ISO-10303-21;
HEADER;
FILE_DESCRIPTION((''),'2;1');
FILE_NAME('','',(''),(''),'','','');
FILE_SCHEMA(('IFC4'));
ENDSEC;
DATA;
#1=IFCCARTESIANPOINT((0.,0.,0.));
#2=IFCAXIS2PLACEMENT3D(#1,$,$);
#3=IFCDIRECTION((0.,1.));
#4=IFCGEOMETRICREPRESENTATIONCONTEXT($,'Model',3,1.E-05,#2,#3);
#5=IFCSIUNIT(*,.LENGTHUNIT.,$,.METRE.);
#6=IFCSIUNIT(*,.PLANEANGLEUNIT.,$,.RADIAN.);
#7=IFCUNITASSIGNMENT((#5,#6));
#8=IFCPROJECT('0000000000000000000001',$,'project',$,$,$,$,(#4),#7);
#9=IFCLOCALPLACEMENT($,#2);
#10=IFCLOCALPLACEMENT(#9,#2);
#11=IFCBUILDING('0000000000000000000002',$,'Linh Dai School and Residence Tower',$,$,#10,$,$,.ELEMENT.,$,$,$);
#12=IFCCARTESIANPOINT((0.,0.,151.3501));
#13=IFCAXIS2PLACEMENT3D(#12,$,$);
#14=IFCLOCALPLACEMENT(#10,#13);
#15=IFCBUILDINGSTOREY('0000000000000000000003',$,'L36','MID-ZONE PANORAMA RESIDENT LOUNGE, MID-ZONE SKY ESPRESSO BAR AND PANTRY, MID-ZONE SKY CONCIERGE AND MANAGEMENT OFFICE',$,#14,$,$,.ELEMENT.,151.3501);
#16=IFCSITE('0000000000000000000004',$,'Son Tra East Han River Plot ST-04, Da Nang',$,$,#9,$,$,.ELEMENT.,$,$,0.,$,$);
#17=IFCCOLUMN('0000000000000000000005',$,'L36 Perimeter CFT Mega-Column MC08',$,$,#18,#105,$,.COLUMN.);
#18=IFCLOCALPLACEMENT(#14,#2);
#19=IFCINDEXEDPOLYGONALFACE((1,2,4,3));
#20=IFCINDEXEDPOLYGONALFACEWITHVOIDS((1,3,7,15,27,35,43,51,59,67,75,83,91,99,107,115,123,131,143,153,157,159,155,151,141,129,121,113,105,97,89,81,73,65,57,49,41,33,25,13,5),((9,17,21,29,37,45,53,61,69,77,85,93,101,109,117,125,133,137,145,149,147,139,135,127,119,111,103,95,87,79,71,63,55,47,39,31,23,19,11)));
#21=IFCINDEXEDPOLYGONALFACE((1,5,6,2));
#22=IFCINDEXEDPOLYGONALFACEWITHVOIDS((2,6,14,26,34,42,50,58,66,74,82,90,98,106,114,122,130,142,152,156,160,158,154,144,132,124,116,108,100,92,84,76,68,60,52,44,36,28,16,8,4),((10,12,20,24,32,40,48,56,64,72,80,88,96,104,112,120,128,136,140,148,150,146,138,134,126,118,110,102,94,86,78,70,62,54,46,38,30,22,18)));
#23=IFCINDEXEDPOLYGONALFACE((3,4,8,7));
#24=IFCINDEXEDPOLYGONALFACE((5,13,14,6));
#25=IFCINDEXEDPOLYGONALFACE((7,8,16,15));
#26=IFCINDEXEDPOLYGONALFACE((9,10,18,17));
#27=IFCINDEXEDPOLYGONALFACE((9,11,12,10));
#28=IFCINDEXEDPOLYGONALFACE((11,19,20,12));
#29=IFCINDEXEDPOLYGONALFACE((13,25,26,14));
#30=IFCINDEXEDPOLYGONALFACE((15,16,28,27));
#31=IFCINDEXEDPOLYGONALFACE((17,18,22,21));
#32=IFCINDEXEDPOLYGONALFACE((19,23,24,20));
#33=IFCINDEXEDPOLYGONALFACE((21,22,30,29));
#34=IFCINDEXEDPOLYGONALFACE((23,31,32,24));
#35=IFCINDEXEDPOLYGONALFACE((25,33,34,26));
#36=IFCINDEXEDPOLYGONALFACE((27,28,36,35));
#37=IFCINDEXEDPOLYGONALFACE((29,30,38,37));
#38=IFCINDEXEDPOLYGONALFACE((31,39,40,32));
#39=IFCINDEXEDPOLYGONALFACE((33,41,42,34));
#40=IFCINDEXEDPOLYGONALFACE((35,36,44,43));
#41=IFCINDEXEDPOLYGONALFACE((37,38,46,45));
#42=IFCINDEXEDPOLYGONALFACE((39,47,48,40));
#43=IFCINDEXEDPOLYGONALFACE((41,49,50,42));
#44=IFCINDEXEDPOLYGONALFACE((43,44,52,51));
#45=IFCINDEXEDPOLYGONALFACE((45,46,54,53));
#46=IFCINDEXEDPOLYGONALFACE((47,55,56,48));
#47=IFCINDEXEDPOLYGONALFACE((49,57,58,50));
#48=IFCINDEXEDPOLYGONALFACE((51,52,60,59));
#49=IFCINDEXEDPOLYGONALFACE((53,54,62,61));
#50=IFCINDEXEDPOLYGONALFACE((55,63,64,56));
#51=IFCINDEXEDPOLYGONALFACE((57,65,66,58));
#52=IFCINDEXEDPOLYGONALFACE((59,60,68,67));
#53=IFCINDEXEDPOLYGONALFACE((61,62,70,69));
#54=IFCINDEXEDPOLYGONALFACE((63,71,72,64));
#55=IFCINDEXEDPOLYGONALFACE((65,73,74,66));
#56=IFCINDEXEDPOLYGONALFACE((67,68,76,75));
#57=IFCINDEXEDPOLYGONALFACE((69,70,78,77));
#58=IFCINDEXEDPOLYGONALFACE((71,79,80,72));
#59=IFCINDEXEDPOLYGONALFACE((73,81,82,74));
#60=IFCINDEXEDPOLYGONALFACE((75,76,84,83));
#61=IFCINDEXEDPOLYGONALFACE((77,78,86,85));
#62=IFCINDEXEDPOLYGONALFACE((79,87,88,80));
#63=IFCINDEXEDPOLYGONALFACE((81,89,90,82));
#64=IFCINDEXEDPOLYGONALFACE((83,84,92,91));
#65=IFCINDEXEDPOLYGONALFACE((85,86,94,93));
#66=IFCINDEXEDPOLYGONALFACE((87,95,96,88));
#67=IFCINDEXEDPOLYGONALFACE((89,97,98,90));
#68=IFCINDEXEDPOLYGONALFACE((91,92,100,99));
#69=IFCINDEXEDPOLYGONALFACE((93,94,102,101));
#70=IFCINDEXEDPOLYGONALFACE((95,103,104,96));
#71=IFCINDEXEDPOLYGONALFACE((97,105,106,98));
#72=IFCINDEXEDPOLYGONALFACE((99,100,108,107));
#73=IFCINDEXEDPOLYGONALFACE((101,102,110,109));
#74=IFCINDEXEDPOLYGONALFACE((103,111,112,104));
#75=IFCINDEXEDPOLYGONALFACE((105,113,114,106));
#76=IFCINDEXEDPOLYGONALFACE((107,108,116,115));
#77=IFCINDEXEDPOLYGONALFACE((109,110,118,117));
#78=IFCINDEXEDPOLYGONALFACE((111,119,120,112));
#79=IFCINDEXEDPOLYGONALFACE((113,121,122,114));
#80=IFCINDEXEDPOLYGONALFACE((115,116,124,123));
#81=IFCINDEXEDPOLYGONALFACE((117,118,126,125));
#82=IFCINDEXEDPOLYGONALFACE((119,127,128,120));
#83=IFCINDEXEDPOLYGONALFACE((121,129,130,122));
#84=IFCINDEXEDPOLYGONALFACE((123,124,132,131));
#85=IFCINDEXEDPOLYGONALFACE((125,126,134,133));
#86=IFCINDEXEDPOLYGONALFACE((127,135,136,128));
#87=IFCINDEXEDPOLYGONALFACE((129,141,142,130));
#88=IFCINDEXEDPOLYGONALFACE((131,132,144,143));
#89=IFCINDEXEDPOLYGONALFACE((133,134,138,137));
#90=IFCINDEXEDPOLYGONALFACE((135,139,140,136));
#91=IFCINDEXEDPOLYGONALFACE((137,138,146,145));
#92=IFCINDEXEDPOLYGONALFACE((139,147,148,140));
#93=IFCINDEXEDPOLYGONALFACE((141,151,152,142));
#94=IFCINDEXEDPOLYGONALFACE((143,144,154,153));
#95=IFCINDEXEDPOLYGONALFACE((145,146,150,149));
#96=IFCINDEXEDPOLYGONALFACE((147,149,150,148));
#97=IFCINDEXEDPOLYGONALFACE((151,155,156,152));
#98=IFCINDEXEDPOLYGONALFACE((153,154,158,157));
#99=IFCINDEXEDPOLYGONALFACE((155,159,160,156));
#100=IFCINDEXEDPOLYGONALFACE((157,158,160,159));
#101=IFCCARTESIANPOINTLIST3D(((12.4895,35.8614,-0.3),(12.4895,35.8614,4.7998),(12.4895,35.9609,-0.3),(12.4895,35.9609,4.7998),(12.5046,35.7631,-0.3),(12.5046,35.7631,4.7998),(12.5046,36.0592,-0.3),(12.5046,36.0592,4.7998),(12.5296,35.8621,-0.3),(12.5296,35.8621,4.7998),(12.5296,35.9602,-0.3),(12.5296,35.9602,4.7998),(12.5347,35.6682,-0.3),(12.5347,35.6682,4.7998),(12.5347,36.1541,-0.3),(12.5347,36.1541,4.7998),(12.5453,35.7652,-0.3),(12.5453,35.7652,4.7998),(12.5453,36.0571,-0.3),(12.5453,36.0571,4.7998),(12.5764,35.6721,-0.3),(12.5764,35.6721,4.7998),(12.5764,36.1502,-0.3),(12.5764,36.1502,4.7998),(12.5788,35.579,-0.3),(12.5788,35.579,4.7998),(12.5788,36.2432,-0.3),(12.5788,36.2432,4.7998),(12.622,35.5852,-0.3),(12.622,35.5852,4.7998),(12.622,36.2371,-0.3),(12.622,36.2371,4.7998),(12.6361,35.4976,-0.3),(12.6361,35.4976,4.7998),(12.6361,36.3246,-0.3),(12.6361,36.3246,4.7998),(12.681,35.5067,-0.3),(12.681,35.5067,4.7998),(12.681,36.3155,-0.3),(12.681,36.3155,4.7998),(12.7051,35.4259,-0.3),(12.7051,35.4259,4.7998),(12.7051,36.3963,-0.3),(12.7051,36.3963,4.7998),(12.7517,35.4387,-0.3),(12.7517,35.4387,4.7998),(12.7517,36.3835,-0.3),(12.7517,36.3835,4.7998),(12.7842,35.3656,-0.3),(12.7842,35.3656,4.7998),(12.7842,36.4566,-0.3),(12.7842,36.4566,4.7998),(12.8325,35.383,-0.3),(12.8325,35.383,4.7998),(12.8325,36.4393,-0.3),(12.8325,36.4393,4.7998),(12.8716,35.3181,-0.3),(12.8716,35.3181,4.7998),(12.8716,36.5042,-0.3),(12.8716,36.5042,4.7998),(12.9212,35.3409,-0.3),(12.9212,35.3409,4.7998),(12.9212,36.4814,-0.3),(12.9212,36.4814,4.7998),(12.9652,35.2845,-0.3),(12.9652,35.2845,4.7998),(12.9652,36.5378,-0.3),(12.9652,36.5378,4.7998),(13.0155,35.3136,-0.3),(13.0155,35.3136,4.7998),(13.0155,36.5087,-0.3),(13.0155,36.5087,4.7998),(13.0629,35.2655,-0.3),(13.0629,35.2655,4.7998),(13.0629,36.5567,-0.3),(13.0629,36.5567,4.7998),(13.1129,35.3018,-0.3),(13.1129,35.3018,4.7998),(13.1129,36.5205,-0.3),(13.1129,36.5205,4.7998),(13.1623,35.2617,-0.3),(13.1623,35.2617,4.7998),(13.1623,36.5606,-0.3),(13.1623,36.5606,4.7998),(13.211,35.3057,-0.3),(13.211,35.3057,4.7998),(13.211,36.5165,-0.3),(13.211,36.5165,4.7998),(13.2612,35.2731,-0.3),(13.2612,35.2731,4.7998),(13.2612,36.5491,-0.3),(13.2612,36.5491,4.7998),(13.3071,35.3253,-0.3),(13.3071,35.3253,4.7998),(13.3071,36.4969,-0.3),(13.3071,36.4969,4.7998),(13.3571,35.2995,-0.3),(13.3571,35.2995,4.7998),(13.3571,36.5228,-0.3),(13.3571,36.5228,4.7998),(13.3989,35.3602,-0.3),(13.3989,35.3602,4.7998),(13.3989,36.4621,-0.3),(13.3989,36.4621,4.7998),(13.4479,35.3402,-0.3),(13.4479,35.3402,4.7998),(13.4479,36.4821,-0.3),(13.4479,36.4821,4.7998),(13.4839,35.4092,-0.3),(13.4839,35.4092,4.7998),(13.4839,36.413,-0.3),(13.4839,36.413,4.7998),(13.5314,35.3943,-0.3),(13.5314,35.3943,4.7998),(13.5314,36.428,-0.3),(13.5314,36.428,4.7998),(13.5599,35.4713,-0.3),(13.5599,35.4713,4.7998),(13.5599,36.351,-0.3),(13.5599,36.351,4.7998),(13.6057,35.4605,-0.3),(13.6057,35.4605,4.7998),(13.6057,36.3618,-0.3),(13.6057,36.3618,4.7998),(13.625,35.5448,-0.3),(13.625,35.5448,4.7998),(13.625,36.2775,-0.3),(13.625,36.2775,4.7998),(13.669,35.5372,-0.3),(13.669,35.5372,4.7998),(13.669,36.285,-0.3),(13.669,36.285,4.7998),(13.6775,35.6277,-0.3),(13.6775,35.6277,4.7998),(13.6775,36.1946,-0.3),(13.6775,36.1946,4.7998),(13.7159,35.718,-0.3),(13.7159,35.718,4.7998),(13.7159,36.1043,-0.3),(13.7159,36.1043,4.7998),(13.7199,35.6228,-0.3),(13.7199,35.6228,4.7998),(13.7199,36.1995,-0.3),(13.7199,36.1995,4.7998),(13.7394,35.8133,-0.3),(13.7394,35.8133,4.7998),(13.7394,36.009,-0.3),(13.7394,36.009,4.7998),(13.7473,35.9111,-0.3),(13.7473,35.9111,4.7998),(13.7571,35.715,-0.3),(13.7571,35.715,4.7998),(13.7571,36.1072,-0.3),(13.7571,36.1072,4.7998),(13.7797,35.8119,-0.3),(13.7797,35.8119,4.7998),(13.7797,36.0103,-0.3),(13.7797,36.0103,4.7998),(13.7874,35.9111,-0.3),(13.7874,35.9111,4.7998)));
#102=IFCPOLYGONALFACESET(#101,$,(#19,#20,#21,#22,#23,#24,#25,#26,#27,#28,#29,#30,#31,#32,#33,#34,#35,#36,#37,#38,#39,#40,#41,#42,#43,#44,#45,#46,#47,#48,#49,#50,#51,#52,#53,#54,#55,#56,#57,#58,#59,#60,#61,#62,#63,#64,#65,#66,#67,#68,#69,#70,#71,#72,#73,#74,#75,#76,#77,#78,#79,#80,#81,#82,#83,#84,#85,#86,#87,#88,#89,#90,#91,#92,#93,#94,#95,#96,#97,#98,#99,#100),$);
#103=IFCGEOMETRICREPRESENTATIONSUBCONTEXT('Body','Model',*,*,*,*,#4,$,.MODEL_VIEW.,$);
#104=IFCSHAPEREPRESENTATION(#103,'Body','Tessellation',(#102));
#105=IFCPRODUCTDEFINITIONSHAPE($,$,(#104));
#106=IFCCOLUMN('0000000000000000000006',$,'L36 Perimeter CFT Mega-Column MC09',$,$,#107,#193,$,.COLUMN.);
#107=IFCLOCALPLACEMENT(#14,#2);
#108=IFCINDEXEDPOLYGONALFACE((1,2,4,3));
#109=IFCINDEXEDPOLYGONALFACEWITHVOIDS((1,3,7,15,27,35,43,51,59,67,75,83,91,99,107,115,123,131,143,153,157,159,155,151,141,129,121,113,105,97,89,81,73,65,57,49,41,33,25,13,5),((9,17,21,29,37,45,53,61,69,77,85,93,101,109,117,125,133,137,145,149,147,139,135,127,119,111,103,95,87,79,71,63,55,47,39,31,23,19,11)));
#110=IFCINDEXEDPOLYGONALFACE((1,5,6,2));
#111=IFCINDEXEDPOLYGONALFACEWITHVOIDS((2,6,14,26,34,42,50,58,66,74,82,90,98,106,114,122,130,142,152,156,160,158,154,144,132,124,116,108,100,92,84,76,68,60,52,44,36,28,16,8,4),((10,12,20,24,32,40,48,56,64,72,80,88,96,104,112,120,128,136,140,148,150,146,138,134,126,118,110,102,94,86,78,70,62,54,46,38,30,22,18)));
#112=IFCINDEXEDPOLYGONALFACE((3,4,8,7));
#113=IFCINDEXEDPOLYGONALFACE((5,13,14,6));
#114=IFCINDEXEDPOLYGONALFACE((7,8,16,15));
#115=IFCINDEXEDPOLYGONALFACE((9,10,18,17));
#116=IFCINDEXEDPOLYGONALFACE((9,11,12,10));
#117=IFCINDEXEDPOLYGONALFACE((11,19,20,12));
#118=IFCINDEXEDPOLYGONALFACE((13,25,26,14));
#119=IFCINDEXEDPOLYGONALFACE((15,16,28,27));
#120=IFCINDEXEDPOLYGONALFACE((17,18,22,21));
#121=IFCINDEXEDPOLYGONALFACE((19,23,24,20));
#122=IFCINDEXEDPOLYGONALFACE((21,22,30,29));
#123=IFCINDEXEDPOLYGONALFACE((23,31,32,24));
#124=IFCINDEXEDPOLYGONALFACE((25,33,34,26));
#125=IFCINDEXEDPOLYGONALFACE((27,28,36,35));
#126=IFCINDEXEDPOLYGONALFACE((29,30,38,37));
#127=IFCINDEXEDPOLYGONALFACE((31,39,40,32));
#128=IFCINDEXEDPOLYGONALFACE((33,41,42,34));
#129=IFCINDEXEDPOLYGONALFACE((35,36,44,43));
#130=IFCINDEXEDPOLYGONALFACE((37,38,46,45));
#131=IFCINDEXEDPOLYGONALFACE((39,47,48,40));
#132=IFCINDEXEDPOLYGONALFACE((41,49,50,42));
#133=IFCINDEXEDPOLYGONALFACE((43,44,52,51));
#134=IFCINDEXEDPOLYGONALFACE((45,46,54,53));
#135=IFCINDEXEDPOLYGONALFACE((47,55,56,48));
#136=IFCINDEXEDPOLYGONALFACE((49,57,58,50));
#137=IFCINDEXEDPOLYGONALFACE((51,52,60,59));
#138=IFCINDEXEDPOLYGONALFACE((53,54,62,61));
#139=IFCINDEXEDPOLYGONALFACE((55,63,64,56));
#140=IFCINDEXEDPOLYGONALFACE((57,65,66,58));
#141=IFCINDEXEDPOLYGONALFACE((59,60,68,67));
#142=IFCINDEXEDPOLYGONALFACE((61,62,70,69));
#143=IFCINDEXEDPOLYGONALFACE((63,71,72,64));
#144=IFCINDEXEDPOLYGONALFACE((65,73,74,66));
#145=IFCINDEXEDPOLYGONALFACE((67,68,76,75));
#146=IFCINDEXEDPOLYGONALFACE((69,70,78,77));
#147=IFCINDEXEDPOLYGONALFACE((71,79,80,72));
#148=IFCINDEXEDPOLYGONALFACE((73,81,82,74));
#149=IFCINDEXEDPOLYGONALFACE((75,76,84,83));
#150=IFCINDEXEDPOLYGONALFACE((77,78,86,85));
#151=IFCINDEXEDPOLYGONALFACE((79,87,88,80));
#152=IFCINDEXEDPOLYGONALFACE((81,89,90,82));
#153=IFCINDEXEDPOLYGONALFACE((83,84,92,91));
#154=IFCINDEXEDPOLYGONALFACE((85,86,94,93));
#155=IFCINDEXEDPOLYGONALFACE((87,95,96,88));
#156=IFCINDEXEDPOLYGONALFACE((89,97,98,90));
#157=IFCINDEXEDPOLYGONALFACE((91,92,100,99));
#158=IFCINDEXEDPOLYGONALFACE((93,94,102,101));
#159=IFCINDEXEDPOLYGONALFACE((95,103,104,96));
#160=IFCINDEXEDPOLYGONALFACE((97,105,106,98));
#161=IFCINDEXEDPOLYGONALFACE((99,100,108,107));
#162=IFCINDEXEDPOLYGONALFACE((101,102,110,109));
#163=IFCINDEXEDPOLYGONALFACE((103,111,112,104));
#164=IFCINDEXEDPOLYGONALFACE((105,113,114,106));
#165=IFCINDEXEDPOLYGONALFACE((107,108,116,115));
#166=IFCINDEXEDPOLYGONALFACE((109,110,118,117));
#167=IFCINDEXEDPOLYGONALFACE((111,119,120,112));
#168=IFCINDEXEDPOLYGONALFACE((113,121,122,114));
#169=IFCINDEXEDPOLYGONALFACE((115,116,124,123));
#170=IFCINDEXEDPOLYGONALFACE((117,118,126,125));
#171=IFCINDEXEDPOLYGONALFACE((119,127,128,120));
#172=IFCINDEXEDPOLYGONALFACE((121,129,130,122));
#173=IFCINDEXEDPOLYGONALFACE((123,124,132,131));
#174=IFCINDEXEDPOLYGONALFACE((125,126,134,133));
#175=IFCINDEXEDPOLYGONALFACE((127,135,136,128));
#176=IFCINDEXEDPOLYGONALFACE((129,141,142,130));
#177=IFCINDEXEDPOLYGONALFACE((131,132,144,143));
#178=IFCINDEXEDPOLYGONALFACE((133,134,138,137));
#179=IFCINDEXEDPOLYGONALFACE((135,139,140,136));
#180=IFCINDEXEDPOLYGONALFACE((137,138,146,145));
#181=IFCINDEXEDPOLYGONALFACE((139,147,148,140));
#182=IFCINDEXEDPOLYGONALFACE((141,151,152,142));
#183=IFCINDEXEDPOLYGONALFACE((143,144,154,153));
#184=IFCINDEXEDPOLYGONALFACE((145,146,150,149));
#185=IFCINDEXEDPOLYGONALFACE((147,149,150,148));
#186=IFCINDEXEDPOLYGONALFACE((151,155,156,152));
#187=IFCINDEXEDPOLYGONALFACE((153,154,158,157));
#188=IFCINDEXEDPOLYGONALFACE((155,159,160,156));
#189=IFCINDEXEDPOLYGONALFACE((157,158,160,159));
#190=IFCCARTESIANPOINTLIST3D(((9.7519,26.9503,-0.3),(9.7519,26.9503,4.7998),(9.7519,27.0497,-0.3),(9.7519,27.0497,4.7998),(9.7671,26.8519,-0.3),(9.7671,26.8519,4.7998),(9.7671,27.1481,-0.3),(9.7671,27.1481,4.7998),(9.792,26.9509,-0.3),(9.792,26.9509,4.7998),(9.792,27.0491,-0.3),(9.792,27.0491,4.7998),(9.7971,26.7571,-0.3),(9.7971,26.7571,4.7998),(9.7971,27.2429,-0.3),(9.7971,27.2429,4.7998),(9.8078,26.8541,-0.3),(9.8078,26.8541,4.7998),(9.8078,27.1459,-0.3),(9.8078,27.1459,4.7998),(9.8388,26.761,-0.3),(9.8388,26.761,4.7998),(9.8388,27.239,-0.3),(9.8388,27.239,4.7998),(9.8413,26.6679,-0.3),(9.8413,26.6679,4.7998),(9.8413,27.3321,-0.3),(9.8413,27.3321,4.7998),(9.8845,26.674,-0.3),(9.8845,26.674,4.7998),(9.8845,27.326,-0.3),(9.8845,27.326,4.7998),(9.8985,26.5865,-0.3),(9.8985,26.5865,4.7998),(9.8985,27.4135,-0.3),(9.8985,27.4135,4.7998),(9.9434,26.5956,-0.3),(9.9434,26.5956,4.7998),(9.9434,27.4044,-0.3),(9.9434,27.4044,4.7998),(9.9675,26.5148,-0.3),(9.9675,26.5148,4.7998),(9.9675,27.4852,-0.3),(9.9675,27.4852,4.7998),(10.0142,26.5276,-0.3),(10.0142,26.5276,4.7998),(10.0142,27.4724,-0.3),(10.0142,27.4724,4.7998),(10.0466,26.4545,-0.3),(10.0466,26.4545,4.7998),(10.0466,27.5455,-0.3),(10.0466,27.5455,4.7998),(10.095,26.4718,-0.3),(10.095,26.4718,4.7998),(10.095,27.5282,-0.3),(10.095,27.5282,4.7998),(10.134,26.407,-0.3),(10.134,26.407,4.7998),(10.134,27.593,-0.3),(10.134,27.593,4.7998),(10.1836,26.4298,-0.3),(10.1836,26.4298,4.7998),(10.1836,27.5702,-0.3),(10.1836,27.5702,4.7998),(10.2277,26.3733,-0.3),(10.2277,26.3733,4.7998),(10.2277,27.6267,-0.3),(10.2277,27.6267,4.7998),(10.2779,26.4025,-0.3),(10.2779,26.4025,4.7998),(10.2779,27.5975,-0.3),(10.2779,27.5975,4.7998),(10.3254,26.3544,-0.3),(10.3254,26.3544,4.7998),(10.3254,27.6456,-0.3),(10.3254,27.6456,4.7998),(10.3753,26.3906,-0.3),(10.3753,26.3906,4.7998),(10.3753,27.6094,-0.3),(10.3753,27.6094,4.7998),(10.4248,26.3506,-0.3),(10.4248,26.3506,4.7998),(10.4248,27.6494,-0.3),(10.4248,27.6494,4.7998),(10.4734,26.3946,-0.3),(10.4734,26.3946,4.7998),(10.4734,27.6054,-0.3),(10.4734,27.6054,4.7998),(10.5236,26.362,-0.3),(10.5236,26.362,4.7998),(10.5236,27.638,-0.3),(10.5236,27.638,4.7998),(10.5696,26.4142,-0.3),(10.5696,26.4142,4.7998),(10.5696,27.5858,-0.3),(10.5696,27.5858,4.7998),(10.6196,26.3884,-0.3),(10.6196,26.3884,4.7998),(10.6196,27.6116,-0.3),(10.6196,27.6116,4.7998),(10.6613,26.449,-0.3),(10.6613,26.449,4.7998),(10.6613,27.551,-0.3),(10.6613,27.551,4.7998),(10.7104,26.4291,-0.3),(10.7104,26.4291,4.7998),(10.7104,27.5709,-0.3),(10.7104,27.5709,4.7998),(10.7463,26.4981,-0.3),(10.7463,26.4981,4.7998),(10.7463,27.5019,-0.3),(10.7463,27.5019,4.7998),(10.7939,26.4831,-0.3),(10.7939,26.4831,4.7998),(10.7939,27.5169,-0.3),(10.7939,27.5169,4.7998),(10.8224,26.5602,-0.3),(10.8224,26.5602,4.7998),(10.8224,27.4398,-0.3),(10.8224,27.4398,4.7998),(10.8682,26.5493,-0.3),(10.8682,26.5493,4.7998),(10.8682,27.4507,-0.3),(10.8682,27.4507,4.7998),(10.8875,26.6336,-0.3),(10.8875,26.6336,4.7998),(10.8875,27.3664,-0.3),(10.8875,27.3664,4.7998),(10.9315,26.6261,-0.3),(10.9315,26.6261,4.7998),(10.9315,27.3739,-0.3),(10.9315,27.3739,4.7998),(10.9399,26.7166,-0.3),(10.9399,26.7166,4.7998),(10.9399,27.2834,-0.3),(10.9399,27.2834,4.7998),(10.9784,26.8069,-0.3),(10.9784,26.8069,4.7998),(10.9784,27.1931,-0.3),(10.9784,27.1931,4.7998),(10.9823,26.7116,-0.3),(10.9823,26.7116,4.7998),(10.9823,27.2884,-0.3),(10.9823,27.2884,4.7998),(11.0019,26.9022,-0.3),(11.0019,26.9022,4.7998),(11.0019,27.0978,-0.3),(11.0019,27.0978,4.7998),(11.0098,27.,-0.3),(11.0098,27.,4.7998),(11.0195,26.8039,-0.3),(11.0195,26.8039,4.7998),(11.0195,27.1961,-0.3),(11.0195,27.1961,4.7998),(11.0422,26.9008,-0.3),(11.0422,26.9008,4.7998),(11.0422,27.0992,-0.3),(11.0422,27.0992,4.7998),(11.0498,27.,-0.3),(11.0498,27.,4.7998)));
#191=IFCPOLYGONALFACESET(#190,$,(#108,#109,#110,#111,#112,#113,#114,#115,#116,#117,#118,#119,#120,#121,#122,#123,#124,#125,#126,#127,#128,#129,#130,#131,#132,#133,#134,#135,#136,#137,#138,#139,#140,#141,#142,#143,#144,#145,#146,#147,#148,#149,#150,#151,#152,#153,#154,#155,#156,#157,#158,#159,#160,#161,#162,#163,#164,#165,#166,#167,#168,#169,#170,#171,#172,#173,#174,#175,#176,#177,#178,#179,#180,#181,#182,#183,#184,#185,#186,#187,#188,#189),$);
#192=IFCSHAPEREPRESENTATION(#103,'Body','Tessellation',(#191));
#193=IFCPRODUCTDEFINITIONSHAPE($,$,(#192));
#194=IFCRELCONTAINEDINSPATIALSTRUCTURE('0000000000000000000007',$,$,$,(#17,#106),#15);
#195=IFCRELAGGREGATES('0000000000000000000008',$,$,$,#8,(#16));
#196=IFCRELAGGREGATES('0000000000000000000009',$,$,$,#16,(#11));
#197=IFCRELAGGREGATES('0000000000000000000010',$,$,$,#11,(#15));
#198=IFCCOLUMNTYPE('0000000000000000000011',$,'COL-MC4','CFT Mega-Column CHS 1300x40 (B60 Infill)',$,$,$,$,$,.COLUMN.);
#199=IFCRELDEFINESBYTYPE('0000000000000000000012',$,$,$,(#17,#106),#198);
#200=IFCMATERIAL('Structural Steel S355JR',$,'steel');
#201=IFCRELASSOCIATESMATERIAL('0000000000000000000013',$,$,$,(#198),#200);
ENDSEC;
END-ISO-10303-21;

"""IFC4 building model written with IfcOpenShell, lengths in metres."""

from ifc_helpers import new_model, si_unit, direction, frame, origin, origin_2d, place, context, subcontext, project, spatial, hollow_circle, extrude, material, material_profile, profile_set, type_object, element, save


model = new_model("IFC4")

# Units and contexts
model_context = context("Model", 3, precision=1e-05, world=origin(), true_north=direction((0.0, 1.0)))
body_context = subcontext(model_context, "Body", "Model", "MODEL_VIEW")
ifc_project = project(units=[si_unit("LENGTHUNIT", "METRE"), si_unit("PLANEANGLEUNIT", "RADIAN")], contexts=[model_context])

# Site, building, storey
site_placement = place(None, origin())
site = spatial("IfcSite", under=ifc_project, at=site_placement, Name="Son Tra East Han River Plot ST-04, Da Nang", CompositionType="ELEMENT", RefElevation=0.0)
building_placement = place(site_placement, origin())
building = spatial("IfcBuilding", under=site, at=building_placement, Name="Linh Dai School and Residence Tower", CompositionType="ELEMENT")
storey_placement = place(building_placement, frame((0.0, 0.0, 151.3501)))
storey = spatial("IfcBuildingStorey", under=building, at=storey_placement, Name="L36", Description="MID-ZONE PANORAMA RESIDENT LOUNGE, MID-ZONE SKY ESPRESSO BAR AND PANTRY, MID-ZONE SKY CONCIERGE AND MANAGEMENT OFFICE", CompositionType="ELEMENT", Elevation=151.3501)

# Columns
ifc_material_1 = material(Name="Structural Steel S355JR", Category="steel")
ifc_material_profile_1 = material_profile(ifc_material_1, hollow_circle(Radius=0.6499, WallThickness=0.04, at=origin_2d()), Name="CHS 1300x40")
ifc_profile_set_1 = profile_set([ifc_material_profile_1], Name="Structural Steel S355JR")
column_type = type_object("IfcColumnType", Name="COL-MC4", Description="CFT Mega-Column CHS 1300x40 (B60 Infill)", PredefinedType="COLUMN", material=ifc_profile_set_1)
for number, where, z_axis, x_axis, name in (
    (1, (13.1375, 35.9111, -0.3), (0.0, 0.0, 1.0), (1.0, 0.0, 0.0), "L36 Perimeter CFT Mega-Column MC08"),
    (2, (10.3999, 27.0, -0.3), (0.0, 0.0, 1.0), (1.0, 0.0, 0.0), "L36 Perimeter CFT Mega-Column MC09"),
):
    element("IfcColumn", number, at=place(storey_placement, frame(where, z_axis=z_axis, x_axis=x_axis)), inside=storey, type_object=column_type, Name=name, PredefinedType="COLUMN", context=body_context, shape_type="SweptSolid", body=[
        extrude(hollow_circle(Radius=0.6499, WallThickness=0.04, at=origin_2d()), origin(), (0.0, 0.0, 1.0), 5.0999),
    ])

save(model, "model.ifc")
